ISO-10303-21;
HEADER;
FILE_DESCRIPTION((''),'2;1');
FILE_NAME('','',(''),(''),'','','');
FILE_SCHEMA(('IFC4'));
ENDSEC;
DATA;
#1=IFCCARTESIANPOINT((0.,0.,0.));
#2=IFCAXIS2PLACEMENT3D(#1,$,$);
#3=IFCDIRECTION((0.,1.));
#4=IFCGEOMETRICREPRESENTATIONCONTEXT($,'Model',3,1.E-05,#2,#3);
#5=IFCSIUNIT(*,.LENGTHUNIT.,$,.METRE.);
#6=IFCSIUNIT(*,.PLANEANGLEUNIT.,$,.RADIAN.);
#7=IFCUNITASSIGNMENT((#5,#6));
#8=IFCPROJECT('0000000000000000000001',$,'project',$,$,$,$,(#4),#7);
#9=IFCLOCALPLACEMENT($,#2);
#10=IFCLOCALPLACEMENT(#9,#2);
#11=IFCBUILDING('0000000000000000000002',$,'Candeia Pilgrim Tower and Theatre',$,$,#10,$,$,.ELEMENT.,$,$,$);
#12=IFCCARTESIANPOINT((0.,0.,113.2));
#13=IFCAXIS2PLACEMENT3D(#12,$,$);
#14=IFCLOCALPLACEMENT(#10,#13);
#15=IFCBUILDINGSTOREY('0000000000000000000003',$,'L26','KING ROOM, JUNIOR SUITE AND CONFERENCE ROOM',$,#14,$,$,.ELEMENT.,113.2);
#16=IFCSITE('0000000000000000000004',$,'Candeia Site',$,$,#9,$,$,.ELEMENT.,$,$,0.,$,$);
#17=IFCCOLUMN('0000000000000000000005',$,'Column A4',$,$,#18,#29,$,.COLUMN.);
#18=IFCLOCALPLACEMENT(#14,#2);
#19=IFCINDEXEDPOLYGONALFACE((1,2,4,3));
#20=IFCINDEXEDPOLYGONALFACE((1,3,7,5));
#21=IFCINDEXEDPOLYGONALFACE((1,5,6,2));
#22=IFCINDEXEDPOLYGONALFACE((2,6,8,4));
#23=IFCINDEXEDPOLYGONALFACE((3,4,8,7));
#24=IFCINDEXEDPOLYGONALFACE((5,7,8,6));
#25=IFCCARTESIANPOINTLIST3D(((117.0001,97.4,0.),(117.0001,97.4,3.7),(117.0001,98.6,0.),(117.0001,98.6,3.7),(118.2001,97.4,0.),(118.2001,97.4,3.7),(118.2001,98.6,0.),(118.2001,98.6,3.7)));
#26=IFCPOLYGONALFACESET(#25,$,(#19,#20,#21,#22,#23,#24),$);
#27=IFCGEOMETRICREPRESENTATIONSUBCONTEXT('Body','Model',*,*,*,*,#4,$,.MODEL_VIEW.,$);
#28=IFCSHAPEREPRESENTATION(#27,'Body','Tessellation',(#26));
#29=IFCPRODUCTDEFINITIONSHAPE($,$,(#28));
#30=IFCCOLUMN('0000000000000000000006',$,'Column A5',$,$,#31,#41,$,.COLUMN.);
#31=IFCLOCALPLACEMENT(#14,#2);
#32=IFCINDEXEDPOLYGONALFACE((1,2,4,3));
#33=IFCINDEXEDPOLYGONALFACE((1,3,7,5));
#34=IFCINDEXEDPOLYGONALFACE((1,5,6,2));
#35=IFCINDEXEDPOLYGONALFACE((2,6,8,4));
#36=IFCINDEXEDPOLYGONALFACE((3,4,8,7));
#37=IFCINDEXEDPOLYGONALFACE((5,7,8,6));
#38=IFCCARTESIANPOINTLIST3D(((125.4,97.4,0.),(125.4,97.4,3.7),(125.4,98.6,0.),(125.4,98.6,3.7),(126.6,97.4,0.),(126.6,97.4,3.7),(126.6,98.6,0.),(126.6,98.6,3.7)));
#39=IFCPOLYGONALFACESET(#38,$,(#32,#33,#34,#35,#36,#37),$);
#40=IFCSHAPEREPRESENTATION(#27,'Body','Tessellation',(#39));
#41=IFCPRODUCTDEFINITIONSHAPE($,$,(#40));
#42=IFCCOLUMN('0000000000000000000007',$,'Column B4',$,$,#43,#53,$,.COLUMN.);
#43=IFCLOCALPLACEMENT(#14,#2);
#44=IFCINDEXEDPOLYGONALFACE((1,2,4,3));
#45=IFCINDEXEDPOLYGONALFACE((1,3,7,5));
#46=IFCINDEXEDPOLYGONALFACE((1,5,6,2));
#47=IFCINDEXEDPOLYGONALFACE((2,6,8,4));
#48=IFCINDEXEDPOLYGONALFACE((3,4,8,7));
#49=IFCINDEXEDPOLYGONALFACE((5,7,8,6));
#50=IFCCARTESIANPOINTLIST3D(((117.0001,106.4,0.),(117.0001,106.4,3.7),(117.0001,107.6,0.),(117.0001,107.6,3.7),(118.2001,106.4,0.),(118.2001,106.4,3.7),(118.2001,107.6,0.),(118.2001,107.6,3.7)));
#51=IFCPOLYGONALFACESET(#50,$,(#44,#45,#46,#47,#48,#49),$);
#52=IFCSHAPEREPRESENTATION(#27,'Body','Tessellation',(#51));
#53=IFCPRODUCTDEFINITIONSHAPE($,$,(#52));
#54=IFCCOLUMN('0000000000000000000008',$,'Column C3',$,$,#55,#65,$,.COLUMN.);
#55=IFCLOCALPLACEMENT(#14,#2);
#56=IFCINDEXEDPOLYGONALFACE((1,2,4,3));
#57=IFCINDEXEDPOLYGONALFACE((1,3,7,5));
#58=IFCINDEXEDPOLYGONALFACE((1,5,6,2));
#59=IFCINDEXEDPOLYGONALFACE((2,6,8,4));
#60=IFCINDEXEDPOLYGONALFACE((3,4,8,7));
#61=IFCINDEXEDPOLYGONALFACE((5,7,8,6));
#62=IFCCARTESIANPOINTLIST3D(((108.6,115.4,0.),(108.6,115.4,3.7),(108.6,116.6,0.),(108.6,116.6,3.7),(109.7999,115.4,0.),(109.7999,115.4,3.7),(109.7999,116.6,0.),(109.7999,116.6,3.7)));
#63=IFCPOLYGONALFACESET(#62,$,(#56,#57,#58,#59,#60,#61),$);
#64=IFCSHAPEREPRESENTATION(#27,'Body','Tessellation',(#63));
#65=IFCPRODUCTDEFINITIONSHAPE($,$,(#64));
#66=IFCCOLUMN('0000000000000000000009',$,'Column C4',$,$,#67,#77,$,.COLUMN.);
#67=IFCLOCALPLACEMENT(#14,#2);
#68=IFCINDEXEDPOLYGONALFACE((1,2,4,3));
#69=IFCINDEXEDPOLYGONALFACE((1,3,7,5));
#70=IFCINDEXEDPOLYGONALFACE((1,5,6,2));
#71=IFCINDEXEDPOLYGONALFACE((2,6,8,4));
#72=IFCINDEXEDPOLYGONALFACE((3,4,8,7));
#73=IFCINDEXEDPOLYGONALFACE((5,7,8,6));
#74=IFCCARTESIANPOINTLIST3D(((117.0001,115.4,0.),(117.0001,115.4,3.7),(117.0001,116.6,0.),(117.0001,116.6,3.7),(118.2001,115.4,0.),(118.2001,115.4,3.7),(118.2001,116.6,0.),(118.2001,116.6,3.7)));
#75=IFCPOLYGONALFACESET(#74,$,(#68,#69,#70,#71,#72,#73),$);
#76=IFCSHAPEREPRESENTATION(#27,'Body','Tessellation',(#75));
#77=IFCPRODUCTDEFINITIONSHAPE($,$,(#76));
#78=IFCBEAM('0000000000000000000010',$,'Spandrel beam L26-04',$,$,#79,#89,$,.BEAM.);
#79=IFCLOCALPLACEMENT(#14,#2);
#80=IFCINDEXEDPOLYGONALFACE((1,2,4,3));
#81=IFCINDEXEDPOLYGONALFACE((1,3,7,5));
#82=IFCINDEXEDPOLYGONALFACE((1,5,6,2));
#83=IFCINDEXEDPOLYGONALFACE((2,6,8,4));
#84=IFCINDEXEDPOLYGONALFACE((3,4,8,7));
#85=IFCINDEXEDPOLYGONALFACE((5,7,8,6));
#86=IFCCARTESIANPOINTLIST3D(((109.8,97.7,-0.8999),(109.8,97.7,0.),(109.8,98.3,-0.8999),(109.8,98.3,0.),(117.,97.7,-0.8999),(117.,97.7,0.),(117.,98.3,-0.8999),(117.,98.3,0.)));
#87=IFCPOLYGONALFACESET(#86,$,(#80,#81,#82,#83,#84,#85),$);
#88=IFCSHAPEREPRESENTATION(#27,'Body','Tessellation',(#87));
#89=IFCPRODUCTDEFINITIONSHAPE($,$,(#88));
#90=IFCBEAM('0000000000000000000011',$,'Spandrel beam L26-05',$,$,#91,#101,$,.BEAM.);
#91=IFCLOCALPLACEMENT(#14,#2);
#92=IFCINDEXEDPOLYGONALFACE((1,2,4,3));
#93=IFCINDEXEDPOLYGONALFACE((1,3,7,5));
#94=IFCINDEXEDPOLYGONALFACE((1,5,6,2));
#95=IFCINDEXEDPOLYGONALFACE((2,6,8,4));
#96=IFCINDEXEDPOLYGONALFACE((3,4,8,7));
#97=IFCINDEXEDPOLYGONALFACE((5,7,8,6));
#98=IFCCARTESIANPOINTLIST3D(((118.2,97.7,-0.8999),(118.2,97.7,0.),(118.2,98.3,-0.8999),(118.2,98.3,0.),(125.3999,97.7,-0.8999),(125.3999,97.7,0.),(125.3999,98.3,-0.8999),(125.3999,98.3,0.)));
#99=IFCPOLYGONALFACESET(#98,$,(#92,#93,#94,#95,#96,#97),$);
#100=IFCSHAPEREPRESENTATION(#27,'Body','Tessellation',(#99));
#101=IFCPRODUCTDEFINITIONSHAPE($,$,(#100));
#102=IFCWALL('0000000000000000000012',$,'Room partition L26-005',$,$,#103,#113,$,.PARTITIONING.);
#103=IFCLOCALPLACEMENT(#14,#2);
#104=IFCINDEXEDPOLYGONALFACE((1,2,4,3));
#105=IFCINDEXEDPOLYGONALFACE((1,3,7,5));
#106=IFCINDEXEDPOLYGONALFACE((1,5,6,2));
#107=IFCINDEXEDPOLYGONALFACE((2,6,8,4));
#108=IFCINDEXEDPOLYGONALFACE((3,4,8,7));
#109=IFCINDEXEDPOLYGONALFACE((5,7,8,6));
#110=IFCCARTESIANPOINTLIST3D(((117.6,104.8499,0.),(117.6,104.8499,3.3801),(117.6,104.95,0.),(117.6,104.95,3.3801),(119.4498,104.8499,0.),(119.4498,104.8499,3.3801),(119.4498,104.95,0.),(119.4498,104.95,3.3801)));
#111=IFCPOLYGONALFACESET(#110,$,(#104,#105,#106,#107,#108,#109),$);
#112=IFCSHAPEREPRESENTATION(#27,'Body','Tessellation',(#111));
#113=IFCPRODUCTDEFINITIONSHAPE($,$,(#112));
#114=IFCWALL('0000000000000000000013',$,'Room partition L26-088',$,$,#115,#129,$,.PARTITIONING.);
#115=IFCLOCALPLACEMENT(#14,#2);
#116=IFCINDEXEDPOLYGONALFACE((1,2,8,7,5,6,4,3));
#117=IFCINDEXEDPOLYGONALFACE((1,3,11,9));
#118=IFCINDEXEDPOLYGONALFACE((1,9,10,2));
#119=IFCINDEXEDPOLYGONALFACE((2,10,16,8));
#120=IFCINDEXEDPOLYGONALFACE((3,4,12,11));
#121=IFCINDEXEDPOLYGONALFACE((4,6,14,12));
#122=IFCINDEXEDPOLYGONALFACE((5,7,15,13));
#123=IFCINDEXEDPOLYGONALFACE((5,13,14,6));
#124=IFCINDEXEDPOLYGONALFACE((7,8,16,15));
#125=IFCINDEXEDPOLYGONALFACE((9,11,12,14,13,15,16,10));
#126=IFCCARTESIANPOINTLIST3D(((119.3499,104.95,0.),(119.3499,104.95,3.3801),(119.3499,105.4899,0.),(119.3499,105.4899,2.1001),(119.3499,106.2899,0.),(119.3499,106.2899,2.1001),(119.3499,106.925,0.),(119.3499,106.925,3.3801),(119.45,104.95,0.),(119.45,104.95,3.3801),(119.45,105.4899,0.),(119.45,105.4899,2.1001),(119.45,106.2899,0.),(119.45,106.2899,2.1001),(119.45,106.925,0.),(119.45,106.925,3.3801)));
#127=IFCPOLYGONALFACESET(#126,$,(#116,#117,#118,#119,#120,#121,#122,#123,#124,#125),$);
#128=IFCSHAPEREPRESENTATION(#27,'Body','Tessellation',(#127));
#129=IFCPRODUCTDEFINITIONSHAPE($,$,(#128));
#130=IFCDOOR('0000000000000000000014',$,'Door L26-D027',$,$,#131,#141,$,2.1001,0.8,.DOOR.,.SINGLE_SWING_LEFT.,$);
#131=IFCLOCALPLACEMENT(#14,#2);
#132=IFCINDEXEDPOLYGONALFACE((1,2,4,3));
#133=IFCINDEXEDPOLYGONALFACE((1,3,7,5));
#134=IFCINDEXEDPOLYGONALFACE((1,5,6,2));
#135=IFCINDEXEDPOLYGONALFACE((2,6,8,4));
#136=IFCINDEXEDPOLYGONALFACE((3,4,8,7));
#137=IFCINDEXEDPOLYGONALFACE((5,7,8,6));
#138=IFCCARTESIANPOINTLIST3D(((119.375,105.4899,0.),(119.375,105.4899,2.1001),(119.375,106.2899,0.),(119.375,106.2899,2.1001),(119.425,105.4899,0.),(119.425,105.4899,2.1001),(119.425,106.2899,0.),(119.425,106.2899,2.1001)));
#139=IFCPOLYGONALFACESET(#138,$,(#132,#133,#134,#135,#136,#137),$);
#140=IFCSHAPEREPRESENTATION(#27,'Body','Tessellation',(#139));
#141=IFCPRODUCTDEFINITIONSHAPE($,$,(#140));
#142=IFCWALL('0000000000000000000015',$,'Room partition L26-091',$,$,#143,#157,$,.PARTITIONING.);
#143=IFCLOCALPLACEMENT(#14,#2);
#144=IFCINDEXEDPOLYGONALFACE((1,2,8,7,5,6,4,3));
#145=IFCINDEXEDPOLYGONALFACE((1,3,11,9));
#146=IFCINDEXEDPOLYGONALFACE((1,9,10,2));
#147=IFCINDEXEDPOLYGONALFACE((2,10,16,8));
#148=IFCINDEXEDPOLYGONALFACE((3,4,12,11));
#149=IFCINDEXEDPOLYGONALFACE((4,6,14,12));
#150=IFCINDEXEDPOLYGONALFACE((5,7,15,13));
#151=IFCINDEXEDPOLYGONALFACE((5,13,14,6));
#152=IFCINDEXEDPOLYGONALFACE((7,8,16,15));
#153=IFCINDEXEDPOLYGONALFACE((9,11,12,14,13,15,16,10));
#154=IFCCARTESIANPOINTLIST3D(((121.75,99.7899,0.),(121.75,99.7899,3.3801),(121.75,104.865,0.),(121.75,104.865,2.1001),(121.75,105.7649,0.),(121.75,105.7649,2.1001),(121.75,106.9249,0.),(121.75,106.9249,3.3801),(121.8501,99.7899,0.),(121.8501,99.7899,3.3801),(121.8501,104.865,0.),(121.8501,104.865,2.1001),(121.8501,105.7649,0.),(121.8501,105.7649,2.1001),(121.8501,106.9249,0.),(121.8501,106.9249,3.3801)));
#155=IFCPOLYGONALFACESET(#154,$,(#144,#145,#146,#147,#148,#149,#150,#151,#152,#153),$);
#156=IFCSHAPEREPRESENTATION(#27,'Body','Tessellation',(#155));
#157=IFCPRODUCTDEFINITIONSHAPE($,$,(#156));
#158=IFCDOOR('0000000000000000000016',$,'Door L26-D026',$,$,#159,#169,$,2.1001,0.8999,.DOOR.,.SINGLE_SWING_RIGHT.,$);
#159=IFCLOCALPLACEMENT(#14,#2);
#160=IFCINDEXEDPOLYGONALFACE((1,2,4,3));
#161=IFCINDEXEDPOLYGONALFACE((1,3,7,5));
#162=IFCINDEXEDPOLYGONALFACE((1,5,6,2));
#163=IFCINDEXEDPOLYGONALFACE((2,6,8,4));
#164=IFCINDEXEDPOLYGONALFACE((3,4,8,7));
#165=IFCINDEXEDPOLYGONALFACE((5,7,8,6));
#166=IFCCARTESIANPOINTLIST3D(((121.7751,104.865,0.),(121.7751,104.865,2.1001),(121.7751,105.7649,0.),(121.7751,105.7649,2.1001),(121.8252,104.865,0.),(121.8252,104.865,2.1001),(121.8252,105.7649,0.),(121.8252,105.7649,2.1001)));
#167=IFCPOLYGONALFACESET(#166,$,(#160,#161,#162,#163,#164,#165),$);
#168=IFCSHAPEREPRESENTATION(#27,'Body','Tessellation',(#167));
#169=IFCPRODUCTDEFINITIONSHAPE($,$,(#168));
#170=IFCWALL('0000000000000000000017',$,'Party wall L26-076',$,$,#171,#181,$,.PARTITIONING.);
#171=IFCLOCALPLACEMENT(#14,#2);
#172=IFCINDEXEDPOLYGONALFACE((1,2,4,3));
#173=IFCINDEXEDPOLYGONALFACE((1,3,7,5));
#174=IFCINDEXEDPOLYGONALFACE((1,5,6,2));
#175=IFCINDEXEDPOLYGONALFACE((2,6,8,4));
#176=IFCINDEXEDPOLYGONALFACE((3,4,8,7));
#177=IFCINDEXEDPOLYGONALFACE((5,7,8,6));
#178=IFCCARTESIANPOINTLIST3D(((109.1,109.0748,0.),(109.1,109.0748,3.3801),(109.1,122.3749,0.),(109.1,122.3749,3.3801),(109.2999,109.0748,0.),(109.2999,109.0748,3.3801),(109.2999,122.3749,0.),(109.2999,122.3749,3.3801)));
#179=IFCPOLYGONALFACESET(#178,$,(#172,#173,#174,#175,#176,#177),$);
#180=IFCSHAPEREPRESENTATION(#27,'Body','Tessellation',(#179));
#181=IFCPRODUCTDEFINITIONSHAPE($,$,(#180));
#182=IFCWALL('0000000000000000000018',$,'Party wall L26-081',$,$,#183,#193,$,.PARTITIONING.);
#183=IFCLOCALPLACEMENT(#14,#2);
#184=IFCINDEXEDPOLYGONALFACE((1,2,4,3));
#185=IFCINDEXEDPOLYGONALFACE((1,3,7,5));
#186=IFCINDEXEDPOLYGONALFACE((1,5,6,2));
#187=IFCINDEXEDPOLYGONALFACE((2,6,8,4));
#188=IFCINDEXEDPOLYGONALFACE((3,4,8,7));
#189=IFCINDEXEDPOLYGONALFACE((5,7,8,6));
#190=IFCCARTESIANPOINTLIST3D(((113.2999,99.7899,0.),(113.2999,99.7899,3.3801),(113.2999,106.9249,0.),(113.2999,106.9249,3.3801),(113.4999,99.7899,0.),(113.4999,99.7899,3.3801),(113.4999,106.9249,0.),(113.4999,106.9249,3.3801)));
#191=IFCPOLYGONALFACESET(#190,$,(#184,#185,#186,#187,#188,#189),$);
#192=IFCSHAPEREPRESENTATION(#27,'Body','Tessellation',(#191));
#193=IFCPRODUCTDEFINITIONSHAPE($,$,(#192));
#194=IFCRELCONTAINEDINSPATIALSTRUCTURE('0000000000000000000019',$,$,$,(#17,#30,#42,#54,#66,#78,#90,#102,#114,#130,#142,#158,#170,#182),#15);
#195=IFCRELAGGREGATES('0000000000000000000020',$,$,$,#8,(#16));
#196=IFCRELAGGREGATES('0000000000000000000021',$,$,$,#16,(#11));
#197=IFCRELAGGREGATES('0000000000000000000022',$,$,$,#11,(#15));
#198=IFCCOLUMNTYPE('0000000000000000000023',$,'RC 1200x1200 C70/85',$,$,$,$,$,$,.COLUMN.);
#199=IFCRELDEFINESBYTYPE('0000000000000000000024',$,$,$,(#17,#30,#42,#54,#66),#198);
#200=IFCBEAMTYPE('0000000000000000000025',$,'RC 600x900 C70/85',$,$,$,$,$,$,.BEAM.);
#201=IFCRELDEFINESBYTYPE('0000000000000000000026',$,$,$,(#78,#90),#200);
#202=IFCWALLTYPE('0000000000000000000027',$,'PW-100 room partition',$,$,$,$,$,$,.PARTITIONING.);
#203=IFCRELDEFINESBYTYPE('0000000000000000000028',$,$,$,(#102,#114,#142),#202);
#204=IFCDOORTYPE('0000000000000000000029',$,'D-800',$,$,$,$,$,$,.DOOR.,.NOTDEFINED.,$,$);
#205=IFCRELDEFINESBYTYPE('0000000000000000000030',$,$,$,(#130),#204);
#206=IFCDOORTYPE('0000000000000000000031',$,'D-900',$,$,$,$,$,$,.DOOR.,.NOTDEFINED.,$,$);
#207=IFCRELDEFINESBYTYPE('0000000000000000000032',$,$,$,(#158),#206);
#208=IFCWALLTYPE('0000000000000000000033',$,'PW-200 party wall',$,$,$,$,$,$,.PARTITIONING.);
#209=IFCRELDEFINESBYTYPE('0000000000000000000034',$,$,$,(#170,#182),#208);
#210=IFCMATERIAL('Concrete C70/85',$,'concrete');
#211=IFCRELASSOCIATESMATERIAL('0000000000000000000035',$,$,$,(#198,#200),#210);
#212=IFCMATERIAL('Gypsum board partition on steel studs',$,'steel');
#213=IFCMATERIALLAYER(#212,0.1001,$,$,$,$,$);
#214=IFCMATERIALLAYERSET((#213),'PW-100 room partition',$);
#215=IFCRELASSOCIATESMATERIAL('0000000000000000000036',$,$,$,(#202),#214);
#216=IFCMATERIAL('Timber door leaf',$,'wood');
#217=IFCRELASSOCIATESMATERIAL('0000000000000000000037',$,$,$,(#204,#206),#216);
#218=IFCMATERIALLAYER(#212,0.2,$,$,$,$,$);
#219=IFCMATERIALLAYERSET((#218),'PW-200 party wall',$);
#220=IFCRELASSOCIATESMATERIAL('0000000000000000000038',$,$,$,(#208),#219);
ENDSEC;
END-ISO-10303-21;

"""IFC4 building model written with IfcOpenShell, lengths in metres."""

from ifc_helpers import new_model, si_unit, direction, frame, frame_2d, origin, origin_2d, place, context, subcontext, project, spatial, rectangle, extrude, material, layer, layer_set, material_profile, profile_set, type_object, element, fill, save


model = new_model("IFC4")

# Units and contexts
model_context = context("Model", 3, precision=1e-05, world=origin(), true_north=direction((0.0, 1.0)))
body_context = subcontext(model_context, "Body", "Model", "MODEL_VIEW")
ifc_project = project(units=[si_unit("LENGTHUNIT", "METRE"), si_unit("PLANEANGLEUNIT", "RADIAN")], contexts=[model_context])

# Site, building, storey
site_placement = place(None, origin())
site = spatial("IfcSite", under=ifc_project, at=site_placement, Name="Candeia Site", CompositionType="ELEMENT", RefElevation=0.0)
building_placement = place(site_placement, origin())
building = spatial("IfcBuilding", under=site, at=building_placement, Name="Candeia Pilgrim Tower and Theatre", CompositionType="ELEMENT")
storey_placement = place(building_placement, frame((0.0, 0.0, 113.2)))
storey = spatial("IfcBuildingStorey", under=building, at=storey_placement, Name="L26", Description="KING ROOM, JUNIOR SUITE AND CONFERENCE ROOM", CompositionType="ELEMENT", Elevation=113.2)

# Columns
ifc_material_1 = material(Name="Concrete C70/85", Category="concrete")
ifc_material_profile_1 = material_profile(ifc_material_1, rectangle(XDim=1.2, YDim=1.2, at=origin_2d()))
ifc_profile_set_1 = profile_set([ifc_material_profile_1], Name="Concrete C70/85")
column_type = type_object("IfcColumnType", Name="RC 1200x1200 C70/85", PredefinedType="COLUMN", material=ifc_profile_set_1)
for number, where, z_axis, x_axis, name in (
    (1, (117.6001, 98.0, 0.0), (0.0, 0.0, 1.0), (1.0, 0.0, 0.0), "Column A4"),
    (2, (126.0, 98.0, 0.0), (0.0, 0.0, 1.0), (1.0, 0.0, 0.0), "Column A5"),
    (3, (117.6001, 107.0, 0.0), (0.0, 0.0, 1.0), (1.0, 0.0, 0.0), "Column B4"),
    (4, (109.2, 116.0, 0.0), (0.0, 0.0, 1.0), (1.0, 0.0, 0.0), "Column C3"),
    (5, (117.6001, 116.0, 0.0), (0.0, 0.0, 1.0), (1.0, 0.0, 0.0), "Column C4"),
):
    element("IfcColumn", number, at=place(storey_placement, frame(where, z_axis=z_axis, x_axis=x_axis)), inside=storey, type_object=column_type, Name=name, PredefinedType="COLUMN", context=body_context, shape_type="SweptSolid", body=[
        extrude(rectangle(XDim=1.2, YDim=1.2, at=origin_2d()), origin(), (0.0, 0.0, 1.0), 3.7),
    ])

# Beams
ifc_material_profile_2 = material_profile(ifc_material_1, rectangle(XDim=0.6001, YDim=0.8999, at=origin_2d()))
ifc_profile_set_2 = profile_set([ifc_material_profile_2], Name="Concrete C70/85")
beam_type = type_object("IfcBeamType", Name="RC 600x900 C70/85", PredefinedType="BEAM", material=ifc_profile_set_2)
for number, where, z_axis, x_axis, name in (
    (6, (109.8, 98.0, -0.45), (1.0, 0.0, 0.0), (0.0, 1.0, 0.0), "Spandrel beam L26-04"),
    (7, (118.2, 98.0, -0.45), (1.0, 0.0, 0.0), (0.0, 1.0, 0.0), "Spandrel beam L26-05"),
):
    element("IfcBeam", number, at=place(storey_placement, frame(where, z_axis=z_axis, x_axis=x_axis)), inside=storey, type_object=beam_type, Name=name, PredefinedType="BEAM", context=body_context, shape_type="SweptSolid", body=[
        extrude(rectangle(XDim=0.6001, YDim=0.8999, at=origin_2d()), origin(), (0.0, 0.0, 1.0), 7.2),
    ])

# Wall
ifc_material_2 = material(Name="Gypsum board partition on steel studs", Category="steel")
ifc_layer_1 = layer(ifc_material_2, 0.1001)
ifc_layer_set_1 = layer_set([ifc_layer_1], Name="PW-100 room partition")
wall_type_1 = type_object("IfcWallType", Name="PW-100 room partition", PredefinedType="PARTITIONING", material=ifc_layer_set_1)
wall_1_placement = place(storey_placement, frame((117.6001, 104.8999, 0.0), z_axis=(0.0, 0.0, 1.0), x_axis=(1.0, 0.0, 0.0)))
element("IfcWall", 8, at=wall_1_placement, inside=storey, type_object=wall_type_1, Name="Room partition L26-005", PredefinedType="PARTITIONING", context=body_context, shape_type="SweptSolid", body=[
    extrude(rectangle(XDim=1.8499, YDim=0.1001, at=frame_2d((0.9248, 0.0))), origin(), (0.0, 0.0, 1.0), 3.3801),
])

# Walls, openings, doors
wall_2_placement = place(storey_placement, frame((119.3999, 104.95, 0.0), z_axis=(0.0, 0.0, 1.0), x_axis=(0.0, 1.0, 0.0)))
wall_2 = element("IfcWall", 9, at=wall_2_placement, inside=storey, type_object=wall_type_1, Name="Room partition L26-088", PredefinedType="PARTITIONING", context=body_context, shape_type="SweptSolid", body=[
    extrude(rectangle(XDim=1.9751, YDim=0.1001, at=frame_2d((0.9875, 0.0))), origin(), (0.0, 0.0, 1.0), 3.3801),
])
opening_1_placement = place(wall_2_placement, frame((0.54, 0.0, 0.0)))
opening_1 = element("IfcOpeningElement", 10, at=opening_1_placement, cuts=wall_2, PredefinedType="OPENING", context=body_context, shape_type="SweptSolid", body=[
    extrude(rectangle(XDim=0.8, YDim=2.1001, at=frame_2d((0.3999, 1.05))), frame((0.0, 0.0601, 0.0), z_axis=(0.0, -1.0, 0.0), x_axis=(1.0, 0.0, 0.0)), (0.0, 0.0, 1.0), 0.1201),
])
ifc_material_3 = material(Name="Timber door leaf", Category="wood")
door_type_1 = type_object("IfcDoorType", Name="D-800", OperationType="NOTDEFINED", PredefinedType="DOOR", material=ifc_material_3)
door_1_placement = place(opening_1_placement, origin())
door_1 = element("IfcDoor", 11, at=door_1_placement, inside=storey, type_object=door_type_1, Name="Door L26-D027", OperationType="SINGLE_SWING_LEFT", OverallHeight=2.1001, OverallWidth=0.8, PredefinedType="DOOR", context=body_context, shape_type="SweptSolid", body=[
    extrude(rectangle(XDim=0.8, YDim=2.1001, at=frame_2d((0.3999, 1.05))), frame((0.0, 0.0249, 0.0), z_axis=(0.0, -1.0, 0.0), x_axis=(1.0, 0.0, 0.0)), (0.0, 0.0, 1.0), 0.05),
])
fill(opening_1, door_1)
wall_3_placement = place(storey_placement, frame((121.8, 99.79, 0.0), z_axis=(0.0, 0.0, 1.0), x_axis=(0.0, 1.0, 0.0)))
wall_3 = element("IfcWall", 12, at=wall_3_placement, inside=storey, type_object=wall_type_1, Name="Room partition L26-091", PredefinedType="PARTITIONING", context=body_context, shape_type="SweptSolid", body=[
    extrude(rectangle(XDim=7.135, YDim=0.1001, at=frame_2d((3.5674, 0.0))), origin(), (0.0, 0.0, 1.0), 3.3801),
])
opening_2_placement = place(wall_3_placement, frame((5.075, 0.0, 0.0)))
opening_2 = element("IfcOpeningElement", 13, at=opening_2_placement, cuts=wall_3, PredefinedType="OPENING", context=body_context, shape_type="SweptSolid", body=[
    extrude(rectangle(XDim=0.8999, YDim=2.1001, at=frame_2d((0.45, 1.05))), frame((0.0, 0.0601, 0.0), z_axis=(0.0, -1.0, 0.0), x_axis=(1.0, 0.0, 0.0)), (0.0, 0.0, 1.0), 0.1201),
])
door_type_2 = type_object("IfcDoorType", Name="D-900", OperationType="NOTDEFINED", PredefinedType="DOOR", material=ifc_material_3)
door_2_placement = place(opening_2_placement, origin())
door_2 = element("IfcDoor", 14, at=door_2_placement, inside=storey, type_object=door_type_2, Name="Door L26-D026", OperationType="SINGLE_SWING_RIGHT", OverallHeight=2.1001, OverallWidth=0.8999, PredefinedType="DOOR", context=body_context, shape_type="SweptSolid", body=[
    extrude(rectangle(XDim=0.8999, YDim=2.1001, at=frame_2d((0.45, 1.05))), frame((0.0, 0.0249, 0.0), z_axis=(0.0, -1.0, 0.0), x_axis=(1.0, 0.0, 0.0)), (0.0, 0.0, 1.0), 0.05),
])
fill(opening_2, door_2)

# Walls
ifc_layer_2 = layer(ifc_material_2, 0.2)
ifc_layer_set_2 = layer_set([ifc_layer_2], Name="PW-200 party wall")
wall_type_2 = type_object("IfcWallType", Name="PW-200 party wall", PredefinedType="PARTITIONING", material=ifc_layer_set_2)
wall_4_placement = place(storey_placement, frame((109.2, 109.075, 0.0), z_axis=(0.0, 0.0, 1.0), x_axis=(0.0, 1.0, 0.0)))
element("IfcWall", 15, at=wall_4_placement, inside=storey, type_object=wall_type_2, Name="Party wall L26-076", PredefinedType="PARTITIONING", context=body_context, shape_type="SweptSolid", body=[
    extrude(rectangle(XDim=13.3, YDim=0.2, at=frame_2d((6.6499, 0.0))), origin(), (0.0, 0.0, 1.0), 3.3801),
])
wall_5_placement = place(storey_placement, frame((113.3999, 99.79, 0.0), z_axis=(0.0, 0.0, 1.0), x_axis=(0.0, 1.0, 0.0)))
element("IfcWall", 16, at=wall_5_placement, inside=storey, type_object=wall_type_2, Name="Party wall L26-081", PredefinedType="PARTITIONING", context=body_context, shape_type="SweptSolid", body=[
    extrude(rectangle(XDim=7.135, YDim=0.2, at=frame_2d((3.5674, 0.0))), origin(), (0.0, 0.0, 1.0), 3.3801),
])

save(model, "model.ifc")
